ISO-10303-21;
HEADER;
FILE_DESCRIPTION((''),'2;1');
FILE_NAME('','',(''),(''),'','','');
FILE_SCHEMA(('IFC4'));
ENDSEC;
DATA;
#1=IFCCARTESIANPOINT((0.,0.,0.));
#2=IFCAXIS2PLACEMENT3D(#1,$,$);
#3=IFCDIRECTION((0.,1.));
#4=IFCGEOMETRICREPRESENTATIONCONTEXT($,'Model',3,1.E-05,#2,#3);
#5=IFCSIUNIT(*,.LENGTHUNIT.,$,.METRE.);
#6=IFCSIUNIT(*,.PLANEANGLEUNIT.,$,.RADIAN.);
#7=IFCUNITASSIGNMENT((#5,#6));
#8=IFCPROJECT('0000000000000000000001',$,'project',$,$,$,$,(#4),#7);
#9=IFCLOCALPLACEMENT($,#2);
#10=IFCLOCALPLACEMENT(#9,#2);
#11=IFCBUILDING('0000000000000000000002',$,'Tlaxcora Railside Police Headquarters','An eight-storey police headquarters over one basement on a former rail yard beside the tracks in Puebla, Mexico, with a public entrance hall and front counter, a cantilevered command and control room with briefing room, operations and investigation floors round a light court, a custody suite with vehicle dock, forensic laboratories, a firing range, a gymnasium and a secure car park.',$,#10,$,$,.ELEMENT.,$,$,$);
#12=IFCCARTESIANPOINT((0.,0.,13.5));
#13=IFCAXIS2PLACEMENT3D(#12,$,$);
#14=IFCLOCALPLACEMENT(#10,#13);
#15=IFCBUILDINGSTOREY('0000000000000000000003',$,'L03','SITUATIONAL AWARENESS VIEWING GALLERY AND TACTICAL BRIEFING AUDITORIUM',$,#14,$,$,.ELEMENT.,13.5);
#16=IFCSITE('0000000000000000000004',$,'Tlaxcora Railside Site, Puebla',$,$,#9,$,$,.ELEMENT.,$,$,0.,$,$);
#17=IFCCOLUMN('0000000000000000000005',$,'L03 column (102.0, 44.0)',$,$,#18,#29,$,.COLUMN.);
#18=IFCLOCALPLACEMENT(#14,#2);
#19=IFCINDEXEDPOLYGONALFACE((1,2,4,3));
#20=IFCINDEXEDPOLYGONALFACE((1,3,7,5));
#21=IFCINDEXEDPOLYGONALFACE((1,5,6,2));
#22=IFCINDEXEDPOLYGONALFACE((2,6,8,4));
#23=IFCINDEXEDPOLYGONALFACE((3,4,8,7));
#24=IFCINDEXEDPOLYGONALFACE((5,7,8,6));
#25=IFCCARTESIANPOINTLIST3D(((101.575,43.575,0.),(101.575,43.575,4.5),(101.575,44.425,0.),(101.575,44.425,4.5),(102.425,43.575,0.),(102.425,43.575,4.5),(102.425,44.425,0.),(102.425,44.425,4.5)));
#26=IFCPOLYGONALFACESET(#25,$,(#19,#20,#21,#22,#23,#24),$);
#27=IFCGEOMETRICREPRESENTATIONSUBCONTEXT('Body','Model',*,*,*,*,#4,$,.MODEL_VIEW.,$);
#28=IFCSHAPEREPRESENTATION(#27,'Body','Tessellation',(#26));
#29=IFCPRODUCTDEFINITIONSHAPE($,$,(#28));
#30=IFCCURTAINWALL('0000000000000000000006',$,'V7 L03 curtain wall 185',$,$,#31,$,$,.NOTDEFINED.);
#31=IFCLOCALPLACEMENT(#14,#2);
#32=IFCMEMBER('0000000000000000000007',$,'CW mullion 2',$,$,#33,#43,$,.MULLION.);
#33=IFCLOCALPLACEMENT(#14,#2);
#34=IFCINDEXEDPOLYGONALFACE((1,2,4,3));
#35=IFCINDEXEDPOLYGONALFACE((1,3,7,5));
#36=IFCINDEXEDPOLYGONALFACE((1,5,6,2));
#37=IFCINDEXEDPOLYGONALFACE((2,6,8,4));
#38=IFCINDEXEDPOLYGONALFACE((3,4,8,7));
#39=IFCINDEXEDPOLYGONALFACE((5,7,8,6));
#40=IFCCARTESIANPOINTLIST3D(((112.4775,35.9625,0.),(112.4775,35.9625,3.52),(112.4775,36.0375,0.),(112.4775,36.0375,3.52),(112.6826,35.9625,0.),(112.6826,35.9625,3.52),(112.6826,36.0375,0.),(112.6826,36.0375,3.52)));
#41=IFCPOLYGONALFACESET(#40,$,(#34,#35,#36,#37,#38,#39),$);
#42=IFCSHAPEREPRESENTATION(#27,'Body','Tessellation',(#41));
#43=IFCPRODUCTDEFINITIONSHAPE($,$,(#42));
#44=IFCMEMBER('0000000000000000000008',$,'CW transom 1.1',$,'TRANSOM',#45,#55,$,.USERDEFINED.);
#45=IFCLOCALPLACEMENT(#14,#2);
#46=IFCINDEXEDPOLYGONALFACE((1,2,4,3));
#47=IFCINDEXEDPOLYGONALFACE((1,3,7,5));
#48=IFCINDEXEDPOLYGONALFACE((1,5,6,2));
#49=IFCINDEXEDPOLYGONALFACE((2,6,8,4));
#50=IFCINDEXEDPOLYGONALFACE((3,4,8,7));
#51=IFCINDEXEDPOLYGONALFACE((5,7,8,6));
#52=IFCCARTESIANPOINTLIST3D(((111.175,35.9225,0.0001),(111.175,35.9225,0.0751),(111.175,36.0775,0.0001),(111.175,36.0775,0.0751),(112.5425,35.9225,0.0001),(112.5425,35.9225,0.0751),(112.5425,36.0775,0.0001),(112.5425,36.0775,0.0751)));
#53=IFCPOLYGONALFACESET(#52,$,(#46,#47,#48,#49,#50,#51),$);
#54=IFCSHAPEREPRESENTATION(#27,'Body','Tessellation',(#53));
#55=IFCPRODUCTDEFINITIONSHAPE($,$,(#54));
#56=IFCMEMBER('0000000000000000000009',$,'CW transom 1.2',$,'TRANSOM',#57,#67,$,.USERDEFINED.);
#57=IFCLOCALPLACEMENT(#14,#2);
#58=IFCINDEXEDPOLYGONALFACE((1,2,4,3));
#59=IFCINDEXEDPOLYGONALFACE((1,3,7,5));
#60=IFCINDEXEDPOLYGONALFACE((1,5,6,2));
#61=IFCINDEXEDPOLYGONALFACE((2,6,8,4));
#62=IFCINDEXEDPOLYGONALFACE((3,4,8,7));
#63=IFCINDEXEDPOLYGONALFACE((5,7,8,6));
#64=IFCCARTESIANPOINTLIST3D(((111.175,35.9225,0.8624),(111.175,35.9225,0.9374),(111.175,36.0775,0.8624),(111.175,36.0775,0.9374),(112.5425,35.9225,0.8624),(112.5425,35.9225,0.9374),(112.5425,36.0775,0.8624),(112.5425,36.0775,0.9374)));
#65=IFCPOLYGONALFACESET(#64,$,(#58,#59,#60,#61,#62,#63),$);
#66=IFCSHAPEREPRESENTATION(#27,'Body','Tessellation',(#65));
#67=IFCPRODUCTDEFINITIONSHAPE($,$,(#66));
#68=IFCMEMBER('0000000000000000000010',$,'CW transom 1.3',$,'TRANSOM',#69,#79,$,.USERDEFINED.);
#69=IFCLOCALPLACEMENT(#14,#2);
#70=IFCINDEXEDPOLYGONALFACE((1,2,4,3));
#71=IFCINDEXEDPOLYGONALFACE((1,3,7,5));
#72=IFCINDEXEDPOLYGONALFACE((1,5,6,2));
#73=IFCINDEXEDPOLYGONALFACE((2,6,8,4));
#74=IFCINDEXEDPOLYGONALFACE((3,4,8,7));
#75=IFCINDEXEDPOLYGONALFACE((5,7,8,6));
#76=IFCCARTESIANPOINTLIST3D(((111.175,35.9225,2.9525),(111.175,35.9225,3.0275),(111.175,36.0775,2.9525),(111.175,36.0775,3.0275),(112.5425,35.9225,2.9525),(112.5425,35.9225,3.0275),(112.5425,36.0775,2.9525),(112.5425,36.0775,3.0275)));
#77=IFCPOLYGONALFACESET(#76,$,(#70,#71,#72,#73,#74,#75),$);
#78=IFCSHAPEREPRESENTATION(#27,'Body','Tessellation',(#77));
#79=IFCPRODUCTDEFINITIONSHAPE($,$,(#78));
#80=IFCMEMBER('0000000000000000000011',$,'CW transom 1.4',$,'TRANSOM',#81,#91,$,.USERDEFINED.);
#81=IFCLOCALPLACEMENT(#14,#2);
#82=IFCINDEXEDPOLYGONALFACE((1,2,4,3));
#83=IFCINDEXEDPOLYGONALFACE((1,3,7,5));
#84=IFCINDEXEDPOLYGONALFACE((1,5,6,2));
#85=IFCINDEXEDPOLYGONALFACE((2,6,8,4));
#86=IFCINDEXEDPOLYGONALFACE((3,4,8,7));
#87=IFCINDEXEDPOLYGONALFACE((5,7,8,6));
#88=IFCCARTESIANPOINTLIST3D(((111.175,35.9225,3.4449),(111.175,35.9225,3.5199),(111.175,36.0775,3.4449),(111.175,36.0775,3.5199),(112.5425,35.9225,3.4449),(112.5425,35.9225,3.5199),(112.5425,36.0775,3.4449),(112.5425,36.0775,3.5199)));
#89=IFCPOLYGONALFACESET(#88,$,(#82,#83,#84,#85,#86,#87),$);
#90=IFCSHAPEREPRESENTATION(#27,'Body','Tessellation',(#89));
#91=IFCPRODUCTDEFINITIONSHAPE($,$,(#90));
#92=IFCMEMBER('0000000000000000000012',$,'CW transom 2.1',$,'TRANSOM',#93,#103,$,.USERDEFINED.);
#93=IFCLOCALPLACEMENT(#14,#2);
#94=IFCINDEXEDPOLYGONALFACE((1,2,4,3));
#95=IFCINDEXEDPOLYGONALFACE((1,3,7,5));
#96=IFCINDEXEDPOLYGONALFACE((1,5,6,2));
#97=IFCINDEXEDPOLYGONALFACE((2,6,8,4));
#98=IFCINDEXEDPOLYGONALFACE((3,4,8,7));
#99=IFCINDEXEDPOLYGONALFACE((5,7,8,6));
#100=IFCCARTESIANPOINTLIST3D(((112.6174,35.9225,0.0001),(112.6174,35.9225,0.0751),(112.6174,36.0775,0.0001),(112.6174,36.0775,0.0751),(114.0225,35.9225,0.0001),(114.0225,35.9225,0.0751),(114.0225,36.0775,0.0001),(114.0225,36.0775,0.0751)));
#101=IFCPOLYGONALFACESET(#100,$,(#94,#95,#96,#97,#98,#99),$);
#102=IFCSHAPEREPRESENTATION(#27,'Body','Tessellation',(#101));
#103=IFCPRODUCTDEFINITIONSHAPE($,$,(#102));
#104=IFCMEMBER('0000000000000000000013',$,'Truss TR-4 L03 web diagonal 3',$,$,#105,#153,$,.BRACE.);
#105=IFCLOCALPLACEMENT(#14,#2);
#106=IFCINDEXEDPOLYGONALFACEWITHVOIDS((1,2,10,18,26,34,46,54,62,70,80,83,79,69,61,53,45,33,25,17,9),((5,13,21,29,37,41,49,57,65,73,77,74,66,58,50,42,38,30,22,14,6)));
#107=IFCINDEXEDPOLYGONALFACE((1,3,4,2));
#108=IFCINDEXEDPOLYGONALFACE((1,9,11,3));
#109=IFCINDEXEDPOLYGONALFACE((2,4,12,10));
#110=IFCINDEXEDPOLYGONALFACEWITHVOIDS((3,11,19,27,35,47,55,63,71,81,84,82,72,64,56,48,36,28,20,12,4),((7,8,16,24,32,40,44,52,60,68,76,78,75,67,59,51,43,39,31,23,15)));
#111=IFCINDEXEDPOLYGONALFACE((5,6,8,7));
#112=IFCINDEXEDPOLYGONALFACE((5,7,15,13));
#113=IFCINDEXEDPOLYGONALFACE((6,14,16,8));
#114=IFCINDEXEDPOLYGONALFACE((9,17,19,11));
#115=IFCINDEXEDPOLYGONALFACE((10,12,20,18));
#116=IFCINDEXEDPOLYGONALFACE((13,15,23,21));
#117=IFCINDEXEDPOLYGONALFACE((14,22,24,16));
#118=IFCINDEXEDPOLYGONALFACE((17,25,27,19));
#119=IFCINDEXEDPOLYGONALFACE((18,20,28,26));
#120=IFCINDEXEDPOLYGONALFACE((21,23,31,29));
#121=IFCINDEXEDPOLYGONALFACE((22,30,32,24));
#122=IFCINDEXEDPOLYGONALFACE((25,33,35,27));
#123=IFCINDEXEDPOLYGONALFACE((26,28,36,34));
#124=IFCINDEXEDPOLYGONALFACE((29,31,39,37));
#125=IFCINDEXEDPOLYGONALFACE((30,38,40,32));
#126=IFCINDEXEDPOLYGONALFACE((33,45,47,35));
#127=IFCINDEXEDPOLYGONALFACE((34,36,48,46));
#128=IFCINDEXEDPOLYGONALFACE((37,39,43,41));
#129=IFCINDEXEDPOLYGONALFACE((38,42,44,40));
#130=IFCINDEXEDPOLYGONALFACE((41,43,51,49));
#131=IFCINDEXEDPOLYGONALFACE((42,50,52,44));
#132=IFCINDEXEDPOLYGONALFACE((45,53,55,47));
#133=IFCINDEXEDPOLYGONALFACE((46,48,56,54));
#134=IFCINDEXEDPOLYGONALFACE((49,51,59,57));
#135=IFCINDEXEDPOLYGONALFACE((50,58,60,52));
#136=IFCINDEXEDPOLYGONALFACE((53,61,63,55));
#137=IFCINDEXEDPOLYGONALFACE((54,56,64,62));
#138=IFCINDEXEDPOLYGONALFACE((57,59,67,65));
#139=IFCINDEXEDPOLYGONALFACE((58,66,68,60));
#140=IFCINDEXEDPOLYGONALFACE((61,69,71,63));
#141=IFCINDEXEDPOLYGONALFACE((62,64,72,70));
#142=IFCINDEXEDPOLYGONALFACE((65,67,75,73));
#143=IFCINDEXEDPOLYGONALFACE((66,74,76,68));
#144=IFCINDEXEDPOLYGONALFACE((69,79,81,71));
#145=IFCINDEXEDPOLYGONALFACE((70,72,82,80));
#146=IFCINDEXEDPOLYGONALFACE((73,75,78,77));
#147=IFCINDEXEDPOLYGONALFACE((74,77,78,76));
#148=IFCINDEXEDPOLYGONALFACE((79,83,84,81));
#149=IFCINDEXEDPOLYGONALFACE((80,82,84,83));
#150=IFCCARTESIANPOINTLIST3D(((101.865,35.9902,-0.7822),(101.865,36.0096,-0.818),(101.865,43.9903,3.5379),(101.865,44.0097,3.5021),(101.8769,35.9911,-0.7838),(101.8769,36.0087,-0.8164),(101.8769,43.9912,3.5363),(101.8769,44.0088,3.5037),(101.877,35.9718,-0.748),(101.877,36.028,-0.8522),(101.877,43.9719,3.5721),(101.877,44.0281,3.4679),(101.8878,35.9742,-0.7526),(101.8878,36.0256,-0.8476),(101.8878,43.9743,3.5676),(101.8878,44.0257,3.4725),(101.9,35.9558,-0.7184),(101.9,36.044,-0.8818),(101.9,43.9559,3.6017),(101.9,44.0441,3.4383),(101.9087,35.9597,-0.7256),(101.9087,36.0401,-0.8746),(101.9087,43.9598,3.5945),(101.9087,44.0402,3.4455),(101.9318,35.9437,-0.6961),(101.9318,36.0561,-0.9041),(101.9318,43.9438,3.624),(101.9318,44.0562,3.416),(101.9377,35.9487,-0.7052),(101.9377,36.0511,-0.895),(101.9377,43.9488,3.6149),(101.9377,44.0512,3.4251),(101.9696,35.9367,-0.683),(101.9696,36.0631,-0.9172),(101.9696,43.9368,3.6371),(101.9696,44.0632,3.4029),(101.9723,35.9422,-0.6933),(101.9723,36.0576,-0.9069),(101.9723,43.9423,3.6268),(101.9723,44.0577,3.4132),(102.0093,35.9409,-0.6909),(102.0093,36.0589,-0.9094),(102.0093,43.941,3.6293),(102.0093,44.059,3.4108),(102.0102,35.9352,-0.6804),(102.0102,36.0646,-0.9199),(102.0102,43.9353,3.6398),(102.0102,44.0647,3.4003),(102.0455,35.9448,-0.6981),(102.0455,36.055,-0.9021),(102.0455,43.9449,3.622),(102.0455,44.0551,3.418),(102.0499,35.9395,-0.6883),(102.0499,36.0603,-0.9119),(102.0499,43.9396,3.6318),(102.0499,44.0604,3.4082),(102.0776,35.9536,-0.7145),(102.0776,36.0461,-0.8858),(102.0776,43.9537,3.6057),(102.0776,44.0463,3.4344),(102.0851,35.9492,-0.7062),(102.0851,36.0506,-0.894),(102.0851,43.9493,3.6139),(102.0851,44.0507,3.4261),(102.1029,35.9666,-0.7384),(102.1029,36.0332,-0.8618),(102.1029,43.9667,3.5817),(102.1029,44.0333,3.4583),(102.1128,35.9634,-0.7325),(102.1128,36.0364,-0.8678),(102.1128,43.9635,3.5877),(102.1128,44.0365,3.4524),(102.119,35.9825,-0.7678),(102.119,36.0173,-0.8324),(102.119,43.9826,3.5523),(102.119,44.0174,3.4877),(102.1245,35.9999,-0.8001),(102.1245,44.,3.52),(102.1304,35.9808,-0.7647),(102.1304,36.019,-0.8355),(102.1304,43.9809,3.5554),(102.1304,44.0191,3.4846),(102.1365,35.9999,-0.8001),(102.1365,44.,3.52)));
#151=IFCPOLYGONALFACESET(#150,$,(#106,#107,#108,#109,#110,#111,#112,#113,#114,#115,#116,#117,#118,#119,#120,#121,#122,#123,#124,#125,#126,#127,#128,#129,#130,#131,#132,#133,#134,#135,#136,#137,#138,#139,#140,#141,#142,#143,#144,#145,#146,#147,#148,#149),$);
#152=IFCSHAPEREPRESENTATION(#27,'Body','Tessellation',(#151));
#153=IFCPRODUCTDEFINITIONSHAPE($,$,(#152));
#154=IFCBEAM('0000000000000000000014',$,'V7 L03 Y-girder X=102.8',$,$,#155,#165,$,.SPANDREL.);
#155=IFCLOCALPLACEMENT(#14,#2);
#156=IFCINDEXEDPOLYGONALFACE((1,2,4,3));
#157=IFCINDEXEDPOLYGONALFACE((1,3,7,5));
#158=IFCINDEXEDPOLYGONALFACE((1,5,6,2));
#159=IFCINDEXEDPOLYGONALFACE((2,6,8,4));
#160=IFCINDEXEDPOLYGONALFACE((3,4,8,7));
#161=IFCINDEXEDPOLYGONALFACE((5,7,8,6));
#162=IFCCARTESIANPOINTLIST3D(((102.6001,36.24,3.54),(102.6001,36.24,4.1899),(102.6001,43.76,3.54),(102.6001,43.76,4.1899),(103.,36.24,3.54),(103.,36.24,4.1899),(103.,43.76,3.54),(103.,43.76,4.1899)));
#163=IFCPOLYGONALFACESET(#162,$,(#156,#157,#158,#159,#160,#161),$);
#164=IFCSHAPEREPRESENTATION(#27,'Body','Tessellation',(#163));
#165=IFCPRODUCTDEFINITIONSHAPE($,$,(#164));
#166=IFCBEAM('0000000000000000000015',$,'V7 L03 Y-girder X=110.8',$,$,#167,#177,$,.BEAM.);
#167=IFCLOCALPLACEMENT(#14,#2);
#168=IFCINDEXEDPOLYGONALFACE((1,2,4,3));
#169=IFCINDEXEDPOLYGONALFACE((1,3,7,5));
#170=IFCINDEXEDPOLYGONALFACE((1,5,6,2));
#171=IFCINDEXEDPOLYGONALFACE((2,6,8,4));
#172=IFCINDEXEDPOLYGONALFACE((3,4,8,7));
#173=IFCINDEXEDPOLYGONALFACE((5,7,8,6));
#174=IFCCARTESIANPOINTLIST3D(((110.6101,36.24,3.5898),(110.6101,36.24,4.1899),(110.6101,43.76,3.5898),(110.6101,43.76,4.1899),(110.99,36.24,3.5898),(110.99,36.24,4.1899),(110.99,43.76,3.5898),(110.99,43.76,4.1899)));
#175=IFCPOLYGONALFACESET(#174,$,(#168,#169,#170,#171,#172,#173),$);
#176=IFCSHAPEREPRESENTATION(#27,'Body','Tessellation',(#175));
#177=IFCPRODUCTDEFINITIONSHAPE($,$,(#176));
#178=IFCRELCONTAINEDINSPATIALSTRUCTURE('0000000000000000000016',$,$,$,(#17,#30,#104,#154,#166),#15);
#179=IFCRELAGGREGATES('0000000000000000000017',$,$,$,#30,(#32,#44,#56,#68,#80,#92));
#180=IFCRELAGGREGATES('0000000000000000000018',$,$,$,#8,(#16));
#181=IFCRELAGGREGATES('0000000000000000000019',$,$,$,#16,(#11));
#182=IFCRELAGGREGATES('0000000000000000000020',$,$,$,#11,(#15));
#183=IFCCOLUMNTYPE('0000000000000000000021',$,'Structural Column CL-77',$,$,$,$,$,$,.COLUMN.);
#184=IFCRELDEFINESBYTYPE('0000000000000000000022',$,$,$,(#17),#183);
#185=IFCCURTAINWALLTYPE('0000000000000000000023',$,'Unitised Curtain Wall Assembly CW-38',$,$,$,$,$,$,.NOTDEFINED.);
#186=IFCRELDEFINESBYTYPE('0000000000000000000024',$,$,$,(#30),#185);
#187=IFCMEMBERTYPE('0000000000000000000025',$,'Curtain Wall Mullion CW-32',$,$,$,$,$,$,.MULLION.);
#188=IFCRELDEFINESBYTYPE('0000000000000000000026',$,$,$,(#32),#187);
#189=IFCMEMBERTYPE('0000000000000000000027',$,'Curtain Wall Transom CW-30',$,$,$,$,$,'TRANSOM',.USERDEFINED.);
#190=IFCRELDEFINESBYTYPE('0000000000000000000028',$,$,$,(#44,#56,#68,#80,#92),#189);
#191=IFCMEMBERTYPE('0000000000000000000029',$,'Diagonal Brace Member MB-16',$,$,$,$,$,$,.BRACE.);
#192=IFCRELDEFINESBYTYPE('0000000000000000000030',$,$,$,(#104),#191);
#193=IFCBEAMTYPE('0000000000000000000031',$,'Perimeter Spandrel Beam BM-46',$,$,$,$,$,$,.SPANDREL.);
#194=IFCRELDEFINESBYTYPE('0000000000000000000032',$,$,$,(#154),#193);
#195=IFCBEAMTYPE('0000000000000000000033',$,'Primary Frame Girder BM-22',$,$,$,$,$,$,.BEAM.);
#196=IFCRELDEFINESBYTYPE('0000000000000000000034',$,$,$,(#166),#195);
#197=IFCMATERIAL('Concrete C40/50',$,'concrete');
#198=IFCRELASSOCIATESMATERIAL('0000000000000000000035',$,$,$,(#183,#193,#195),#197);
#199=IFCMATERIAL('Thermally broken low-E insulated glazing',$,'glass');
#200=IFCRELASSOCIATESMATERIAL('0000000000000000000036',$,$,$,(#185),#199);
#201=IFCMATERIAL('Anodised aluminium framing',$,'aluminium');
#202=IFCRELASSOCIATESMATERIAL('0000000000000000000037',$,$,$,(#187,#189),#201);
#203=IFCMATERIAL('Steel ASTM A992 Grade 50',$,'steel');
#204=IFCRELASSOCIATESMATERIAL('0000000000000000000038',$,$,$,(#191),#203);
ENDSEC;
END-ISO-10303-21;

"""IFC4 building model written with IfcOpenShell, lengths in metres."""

from ifc_helpers import new_model, si_unit, direction, frame, origin, origin_2d, place, context, subcontext, project, spatial, rectangle, hollow_circle, extrude, material, material_profile, profile_set, type_object, element, aggregate, save


model = new_model("IFC4")

# Units and contexts
model_context = context("Model", 3, precision=1e-05, world=origin(), true_north=direction((0.0, 1.0)))
body_context = subcontext(model_context, "Body", "Model", "MODEL_VIEW")
ifc_project = project(units=[si_unit("LENGTHUNIT", "METRE"), si_unit("PLANEANGLEUNIT", "RADIAN")], contexts=[model_context])

# Site, building, storey
site_placement = place(None, origin())
site = spatial("IfcSite", under=ifc_project, at=site_placement, Name="Tlaxcora Railside Site, Puebla", CompositionType="ELEMENT", RefElevation=0.0)
building_placement = place(site_placement, origin())
building = spatial("IfcBuilding", under=site, at=building_placement, Name="Tlaxcora Railside Police Headquarters", Description="An eight-storey police headquarters over one basement on a former rail yard beside the tracks in Puebla, Mexico, with a public entrance hall and front counter, a cantilevered command and control room with briefing room, operations and investigation floors round a light court, a custody suite with vehicle dock, forensic laboratories, a firing range, a gymnasium and a secure car park.", CompositionType="ELEMENT")
storey_placement = place(building_placement, frame((0.0, 0.0, 13.5)))
storey = spatial("IfcBuildingStorey", under=building, at=storey_placement, Name="L03", Description="SITUATIONAL AWARENESS VIEWING GALLERY AND TACTICAL BRIEFING AUDITORIUM", CompositionType="ELEMENT", Elevation=13.5)

# Column
ifc_material_1 = material(Name="Concrete C40/50", Category="concrete")
ifc_material_profile_1 = material_profile(ifc_material_1, rectangle(XDim=0.8501, YDim=0.8501, at=origin_2d()), Name="RC850X850")
ifc_profile_set_1 = profile_set([ifc_material_profile_1], Name="Concrete C40/50")
column_type = type_object("IfcColumnType", Name="Structural Column CL-77", PredefinedType="COLUMN", material=ifc_profile_set_1)
column_placement = place(storey_placement, frame((102.0, 44.0, 0.0), z_axis=(0.0, 0.0, 1.0), x_axis=(1.0, 0.0, 0.0)))
element("IfcColumn", 1, at=column_placement, inside=storey, type_object=column_type, Name="L03 column (102.0, 44.0)", PredefinedType="COLUMN", context=body_context, shape_type="SweptSolid", body=[
    extrude(rectangle(XDim=0.8501, YDim=0.8501, at=origin_2d()), origin(), (0.0, 0.0, 1.0), 4.5),
])

# Curtain wall, members
ifc_material_2 = material(Name="Thermally broken low-E insulated glazing", Category="glass")
curtain_wall_type = type_object("IfcCurtainWallType", Name="Unitised Curtain Wall Assembly CW-38", PredefinedType="NOTDEFINED", material=ifc_material_2)
curtain_wall_placement = place(storey_placement, origin())
curtain_wall = element("IfcCurtainWall", 2, at=curtain_wall_placement, inside=storey, type_object=curtain_wall_type, Name="V7 L03 curtain wall 185", PredefinedType="NOTDEFINED")
ifc_material_3 = material(Name="Anodised aluminium framing", Category="aluminium")
ifc_material_profile_2 = material_profile(ifc_material_3, rectangle(XDim=0.075, YDim=0.2051, at=origin_2d()), Name="AL75X205")
ifc_profile_set_2 = profile_set([ifc_material_profile_2], Name="Anodised aluminium framing")
member_type_1 = type_object("IfcMemberType", Name="Curtain Wall Mullion CW-32", PredefinedType="MULLION", material=ifc_profile_set_2)
member_1_placement = place(storey_placement, frame((112.5801, 36.0, 0.0), z_axis=(0.0, 0.0, 1.0), x_axis=(0.0, 1.0, 0.0)))
member_1 = element("IfcMember", 3, at=member_1_placement, type_object=member_type_1, Name="CW mullion 2", PredefinedType="MULLION", context=body_context, shape_type="SweptSolid", body=[
    extrude(rectangle(XDim=0.075, YDim=0.2051, at=origin_2d()), origin(), (0.0, 0.0, 1.0), 3.52),
])
ifc_material_profile_3 = material_profile(ifc_material_3, rectangle(XDim=0.155, YDim=0.075, at=origin_2d()), Name="AL75X155")
ifc_profile_set_3 = profile_set([ifc_material_profile_3], Name="Anodised aluminium framing")
member_type_2 = type_object("IfcMemberType", Name="Curtain Wall Transom CW-30", ElementType="TRANSOM", PredefinedType="USERDEFINED", material=ifc_profile_set_3)
member_2_placement = place(storey_placement, frame((111.175, 36.0, 0.0376), z_axis=(1.0, 0.0, 0.0), x_axis=(0.0, 1.0, 0.0)))
member_2 = element("IfcMember", 4, at=member_2_placement, type_object=member_type_2, Name="CW transom 1.1", ObjectType="TRANSOM", PredefinedType="USERDEFINED", context=body_context, shape_type="SweptSolid", body=[
    extrude(rectangle(XDim=0.155, YDim=0.075, at=origin_2d()), origin(), (0.0, 0.0, 1.0), 1.3674),
])
member_3_placement = place(storey_placement, frame((111.175, 36.0, 0.8999), z_axis=(1.0, 0.0, 0.0), x_axis=(0.0, 1.0, 0.0)))
member_3 = element("IfcMember", 5, at=member_3_placement, type_object=member_type_2, Name="CW transom 1.2", ObjectType="TRANSOM", PredefinedType="USERDEFINED", context=body_context, shape_type="SweptSolid", body=[
    extrude(rectangle(XDim=0.155, YDim=0.075, at=origin_2d()), origin(), (0.0, 0.0, 1.0), 1.3674),
])
member_4_placement = place(storey_placement, frame((111.175, 36.0, 2.99), z_axis=(1.0, 0.0, 0.0), x_axis=(0.0, 1.0, 0.0)))
member_4 = element("IfcMember", 6, at=member_4_placement, type_object=member_type_2, Name="CW transom 1.3", ObjectType="TRANSOM", PredefinedType="USERDEFINED", context=body_context, shape_type="SweptSolid", body=[
    extrude(rectangle(XDim=0.155, YDim=0.075, at=origin_2d()), origin(), (0.0, 0.0, 1.0), 1.3674),
])
member_5_placement = place(storey_placement, frame((111.175, 36.0, 3.4824), z_axis=(1.0, 0.0, 0.0), x_axis=(0.0, 1.0, 0.0)))
member_5 = element("IfcMember", 7, at=member_5_placement, type_object=member_type_2, Name="CW transom 1.4", ObjectType="TRANSOM", PredefinedType="USERDEFINED", context=body_context, shape_type="SweptSolid", body=[
    extrude(rectangle(XDim=0.155, YDim=0.075, at=origin_2d()), origin(), (0.0, 0.0, 1.0), 1.3674),
])
member_6_placement = place(storey_placement, frame((112.6174, 36.0, 0.0376), z_axis=(1.0, 0.0, 0.0), x_axis=(0.0, 1.0, 0.0)))
member_6 = element("IfcMember", 8, at=member_6_placement, type_object=member_type_2, Name="CW transom 2.1", ObjectType="TRANSOM", PredefinedType="USERDEFINED", context=body_context, shape_type="SweptSolid", body=[
    extrude(rectangle(XDim=0.155, YDim=0.075, at=origin_2d()), origin(), (0.0, 0.0, 1.0), 1.405),
])

# Member
ifc_material_4 = material(Name="Steel ASTM A992 Grade 50", Category="steel")
ifc_material_profile_4 = material_profile(ifc_material_4, hollow_circle(Radius=0.1365, WallThickness=0.012, at=origin_2d()), Name="CHS273X12")
ifc_profile_set_4 = profile_set([ifc_material_profile_4], Name="Steel ASTM A992 Grade 50")
member_type_3 = type_object("IfcMemberType", Name="Diagonal Brace Member MB-16", PredefinedType="BRACE", material=ifc_profile_set_4)
member_7_placement = place(storey_placement, frame((102.0, 44.0, 3.52), z_axis=(0.0, -0.879902, -0.475155), x_axis=(1.0, 0.0, 0.0)))
element("IfcMember", 9, at=member_7_placement, inside=storey, type_object=member_type_3, Name="Truss TR-4 L03 web diagonal 3", PredefinedType="BRACE", context=body_context, shape_type="SweptSolid", body=[
    extrude(hollow_circle(Radius=0.1365, WallThickness=0.012, at=origin_2d()), origin(), (0.0, 0.0, 1.0), 9.092),
])

# Beams
ifc_material_profile_5 = material_profile(ifc_material_1, rectangle(XDim=0.3999, YDim=0.6499, at=origin_2d()), Name="RC400X650")
ifc_profile_set_5 = profile_set([ifc_material_profile_5], Name="Concrete C40/50")
beam_type_1 = type_object("IfcBeamType", Name="Perimeter Spandrel Beam BM-46", PredefinedType="SPANDREL", material=ifc_profile_set_5)
beam_1_placement = place(storey_placement, frame((102.8, 36.24, 3.865), z_axis=(0.0, 1.0, 0.0), x_axis=(-1.0, 0.0, 0.0)))
element("IfcBeam", 10, at=beam_1_placement, inside=storey, type_object=beam_type_1, Name="V7 L03 Y-girder X=102.8", PredefinedType="SPANDREL", context=body_context, shape_type="SweptSolid", body=[
    extrude(rectangle(XDim=0.3999, YDim=0.6499, at=origin_2d()), origin(), (0.0, 0.0, 1.0), 7.52),
])
ifc_material_profile_6 = material_profile(ifc_material_1, rectangle(XDim=0.3799, YDim=0.6001, at=origin_2d()), Name="RC380X600")
ifc_profile_set_6 = profile_set([ifc_material_profile_6], Name="Concrete C40/50")
beam_type_2 = type_object("IfcBeamType", Name="Primary Frame Girder BM-22", PredefinedType="BEAM", material=ifc_profile_set_6)
beam_2_placement = place(storey_placement, frame((110.8, 36.24, 3.8899), z_axis=(0.0, 1.0, 0.0), x_axis=(-1.0, 0.0, 0.0)))
element("IfcBeam", 11, at=beam_2_placement, inside=storey, type_object=beam_type_2, Name="V7 L03 Y-girder X=110.8", PredefinedType="BEAM", context=body_context, shape_type="SweptSolid", body=[
    extrude(rectangle(XDim=0.3799, YDim=0.6001, at=origin_2d()), origin(), (0.0, 0.0, 1.0), 7.52),
])

aggregate(curtain_wall, [member_1, member_2, member_3, member_4, member_5, member_6])

save(model, "model.ifc")
